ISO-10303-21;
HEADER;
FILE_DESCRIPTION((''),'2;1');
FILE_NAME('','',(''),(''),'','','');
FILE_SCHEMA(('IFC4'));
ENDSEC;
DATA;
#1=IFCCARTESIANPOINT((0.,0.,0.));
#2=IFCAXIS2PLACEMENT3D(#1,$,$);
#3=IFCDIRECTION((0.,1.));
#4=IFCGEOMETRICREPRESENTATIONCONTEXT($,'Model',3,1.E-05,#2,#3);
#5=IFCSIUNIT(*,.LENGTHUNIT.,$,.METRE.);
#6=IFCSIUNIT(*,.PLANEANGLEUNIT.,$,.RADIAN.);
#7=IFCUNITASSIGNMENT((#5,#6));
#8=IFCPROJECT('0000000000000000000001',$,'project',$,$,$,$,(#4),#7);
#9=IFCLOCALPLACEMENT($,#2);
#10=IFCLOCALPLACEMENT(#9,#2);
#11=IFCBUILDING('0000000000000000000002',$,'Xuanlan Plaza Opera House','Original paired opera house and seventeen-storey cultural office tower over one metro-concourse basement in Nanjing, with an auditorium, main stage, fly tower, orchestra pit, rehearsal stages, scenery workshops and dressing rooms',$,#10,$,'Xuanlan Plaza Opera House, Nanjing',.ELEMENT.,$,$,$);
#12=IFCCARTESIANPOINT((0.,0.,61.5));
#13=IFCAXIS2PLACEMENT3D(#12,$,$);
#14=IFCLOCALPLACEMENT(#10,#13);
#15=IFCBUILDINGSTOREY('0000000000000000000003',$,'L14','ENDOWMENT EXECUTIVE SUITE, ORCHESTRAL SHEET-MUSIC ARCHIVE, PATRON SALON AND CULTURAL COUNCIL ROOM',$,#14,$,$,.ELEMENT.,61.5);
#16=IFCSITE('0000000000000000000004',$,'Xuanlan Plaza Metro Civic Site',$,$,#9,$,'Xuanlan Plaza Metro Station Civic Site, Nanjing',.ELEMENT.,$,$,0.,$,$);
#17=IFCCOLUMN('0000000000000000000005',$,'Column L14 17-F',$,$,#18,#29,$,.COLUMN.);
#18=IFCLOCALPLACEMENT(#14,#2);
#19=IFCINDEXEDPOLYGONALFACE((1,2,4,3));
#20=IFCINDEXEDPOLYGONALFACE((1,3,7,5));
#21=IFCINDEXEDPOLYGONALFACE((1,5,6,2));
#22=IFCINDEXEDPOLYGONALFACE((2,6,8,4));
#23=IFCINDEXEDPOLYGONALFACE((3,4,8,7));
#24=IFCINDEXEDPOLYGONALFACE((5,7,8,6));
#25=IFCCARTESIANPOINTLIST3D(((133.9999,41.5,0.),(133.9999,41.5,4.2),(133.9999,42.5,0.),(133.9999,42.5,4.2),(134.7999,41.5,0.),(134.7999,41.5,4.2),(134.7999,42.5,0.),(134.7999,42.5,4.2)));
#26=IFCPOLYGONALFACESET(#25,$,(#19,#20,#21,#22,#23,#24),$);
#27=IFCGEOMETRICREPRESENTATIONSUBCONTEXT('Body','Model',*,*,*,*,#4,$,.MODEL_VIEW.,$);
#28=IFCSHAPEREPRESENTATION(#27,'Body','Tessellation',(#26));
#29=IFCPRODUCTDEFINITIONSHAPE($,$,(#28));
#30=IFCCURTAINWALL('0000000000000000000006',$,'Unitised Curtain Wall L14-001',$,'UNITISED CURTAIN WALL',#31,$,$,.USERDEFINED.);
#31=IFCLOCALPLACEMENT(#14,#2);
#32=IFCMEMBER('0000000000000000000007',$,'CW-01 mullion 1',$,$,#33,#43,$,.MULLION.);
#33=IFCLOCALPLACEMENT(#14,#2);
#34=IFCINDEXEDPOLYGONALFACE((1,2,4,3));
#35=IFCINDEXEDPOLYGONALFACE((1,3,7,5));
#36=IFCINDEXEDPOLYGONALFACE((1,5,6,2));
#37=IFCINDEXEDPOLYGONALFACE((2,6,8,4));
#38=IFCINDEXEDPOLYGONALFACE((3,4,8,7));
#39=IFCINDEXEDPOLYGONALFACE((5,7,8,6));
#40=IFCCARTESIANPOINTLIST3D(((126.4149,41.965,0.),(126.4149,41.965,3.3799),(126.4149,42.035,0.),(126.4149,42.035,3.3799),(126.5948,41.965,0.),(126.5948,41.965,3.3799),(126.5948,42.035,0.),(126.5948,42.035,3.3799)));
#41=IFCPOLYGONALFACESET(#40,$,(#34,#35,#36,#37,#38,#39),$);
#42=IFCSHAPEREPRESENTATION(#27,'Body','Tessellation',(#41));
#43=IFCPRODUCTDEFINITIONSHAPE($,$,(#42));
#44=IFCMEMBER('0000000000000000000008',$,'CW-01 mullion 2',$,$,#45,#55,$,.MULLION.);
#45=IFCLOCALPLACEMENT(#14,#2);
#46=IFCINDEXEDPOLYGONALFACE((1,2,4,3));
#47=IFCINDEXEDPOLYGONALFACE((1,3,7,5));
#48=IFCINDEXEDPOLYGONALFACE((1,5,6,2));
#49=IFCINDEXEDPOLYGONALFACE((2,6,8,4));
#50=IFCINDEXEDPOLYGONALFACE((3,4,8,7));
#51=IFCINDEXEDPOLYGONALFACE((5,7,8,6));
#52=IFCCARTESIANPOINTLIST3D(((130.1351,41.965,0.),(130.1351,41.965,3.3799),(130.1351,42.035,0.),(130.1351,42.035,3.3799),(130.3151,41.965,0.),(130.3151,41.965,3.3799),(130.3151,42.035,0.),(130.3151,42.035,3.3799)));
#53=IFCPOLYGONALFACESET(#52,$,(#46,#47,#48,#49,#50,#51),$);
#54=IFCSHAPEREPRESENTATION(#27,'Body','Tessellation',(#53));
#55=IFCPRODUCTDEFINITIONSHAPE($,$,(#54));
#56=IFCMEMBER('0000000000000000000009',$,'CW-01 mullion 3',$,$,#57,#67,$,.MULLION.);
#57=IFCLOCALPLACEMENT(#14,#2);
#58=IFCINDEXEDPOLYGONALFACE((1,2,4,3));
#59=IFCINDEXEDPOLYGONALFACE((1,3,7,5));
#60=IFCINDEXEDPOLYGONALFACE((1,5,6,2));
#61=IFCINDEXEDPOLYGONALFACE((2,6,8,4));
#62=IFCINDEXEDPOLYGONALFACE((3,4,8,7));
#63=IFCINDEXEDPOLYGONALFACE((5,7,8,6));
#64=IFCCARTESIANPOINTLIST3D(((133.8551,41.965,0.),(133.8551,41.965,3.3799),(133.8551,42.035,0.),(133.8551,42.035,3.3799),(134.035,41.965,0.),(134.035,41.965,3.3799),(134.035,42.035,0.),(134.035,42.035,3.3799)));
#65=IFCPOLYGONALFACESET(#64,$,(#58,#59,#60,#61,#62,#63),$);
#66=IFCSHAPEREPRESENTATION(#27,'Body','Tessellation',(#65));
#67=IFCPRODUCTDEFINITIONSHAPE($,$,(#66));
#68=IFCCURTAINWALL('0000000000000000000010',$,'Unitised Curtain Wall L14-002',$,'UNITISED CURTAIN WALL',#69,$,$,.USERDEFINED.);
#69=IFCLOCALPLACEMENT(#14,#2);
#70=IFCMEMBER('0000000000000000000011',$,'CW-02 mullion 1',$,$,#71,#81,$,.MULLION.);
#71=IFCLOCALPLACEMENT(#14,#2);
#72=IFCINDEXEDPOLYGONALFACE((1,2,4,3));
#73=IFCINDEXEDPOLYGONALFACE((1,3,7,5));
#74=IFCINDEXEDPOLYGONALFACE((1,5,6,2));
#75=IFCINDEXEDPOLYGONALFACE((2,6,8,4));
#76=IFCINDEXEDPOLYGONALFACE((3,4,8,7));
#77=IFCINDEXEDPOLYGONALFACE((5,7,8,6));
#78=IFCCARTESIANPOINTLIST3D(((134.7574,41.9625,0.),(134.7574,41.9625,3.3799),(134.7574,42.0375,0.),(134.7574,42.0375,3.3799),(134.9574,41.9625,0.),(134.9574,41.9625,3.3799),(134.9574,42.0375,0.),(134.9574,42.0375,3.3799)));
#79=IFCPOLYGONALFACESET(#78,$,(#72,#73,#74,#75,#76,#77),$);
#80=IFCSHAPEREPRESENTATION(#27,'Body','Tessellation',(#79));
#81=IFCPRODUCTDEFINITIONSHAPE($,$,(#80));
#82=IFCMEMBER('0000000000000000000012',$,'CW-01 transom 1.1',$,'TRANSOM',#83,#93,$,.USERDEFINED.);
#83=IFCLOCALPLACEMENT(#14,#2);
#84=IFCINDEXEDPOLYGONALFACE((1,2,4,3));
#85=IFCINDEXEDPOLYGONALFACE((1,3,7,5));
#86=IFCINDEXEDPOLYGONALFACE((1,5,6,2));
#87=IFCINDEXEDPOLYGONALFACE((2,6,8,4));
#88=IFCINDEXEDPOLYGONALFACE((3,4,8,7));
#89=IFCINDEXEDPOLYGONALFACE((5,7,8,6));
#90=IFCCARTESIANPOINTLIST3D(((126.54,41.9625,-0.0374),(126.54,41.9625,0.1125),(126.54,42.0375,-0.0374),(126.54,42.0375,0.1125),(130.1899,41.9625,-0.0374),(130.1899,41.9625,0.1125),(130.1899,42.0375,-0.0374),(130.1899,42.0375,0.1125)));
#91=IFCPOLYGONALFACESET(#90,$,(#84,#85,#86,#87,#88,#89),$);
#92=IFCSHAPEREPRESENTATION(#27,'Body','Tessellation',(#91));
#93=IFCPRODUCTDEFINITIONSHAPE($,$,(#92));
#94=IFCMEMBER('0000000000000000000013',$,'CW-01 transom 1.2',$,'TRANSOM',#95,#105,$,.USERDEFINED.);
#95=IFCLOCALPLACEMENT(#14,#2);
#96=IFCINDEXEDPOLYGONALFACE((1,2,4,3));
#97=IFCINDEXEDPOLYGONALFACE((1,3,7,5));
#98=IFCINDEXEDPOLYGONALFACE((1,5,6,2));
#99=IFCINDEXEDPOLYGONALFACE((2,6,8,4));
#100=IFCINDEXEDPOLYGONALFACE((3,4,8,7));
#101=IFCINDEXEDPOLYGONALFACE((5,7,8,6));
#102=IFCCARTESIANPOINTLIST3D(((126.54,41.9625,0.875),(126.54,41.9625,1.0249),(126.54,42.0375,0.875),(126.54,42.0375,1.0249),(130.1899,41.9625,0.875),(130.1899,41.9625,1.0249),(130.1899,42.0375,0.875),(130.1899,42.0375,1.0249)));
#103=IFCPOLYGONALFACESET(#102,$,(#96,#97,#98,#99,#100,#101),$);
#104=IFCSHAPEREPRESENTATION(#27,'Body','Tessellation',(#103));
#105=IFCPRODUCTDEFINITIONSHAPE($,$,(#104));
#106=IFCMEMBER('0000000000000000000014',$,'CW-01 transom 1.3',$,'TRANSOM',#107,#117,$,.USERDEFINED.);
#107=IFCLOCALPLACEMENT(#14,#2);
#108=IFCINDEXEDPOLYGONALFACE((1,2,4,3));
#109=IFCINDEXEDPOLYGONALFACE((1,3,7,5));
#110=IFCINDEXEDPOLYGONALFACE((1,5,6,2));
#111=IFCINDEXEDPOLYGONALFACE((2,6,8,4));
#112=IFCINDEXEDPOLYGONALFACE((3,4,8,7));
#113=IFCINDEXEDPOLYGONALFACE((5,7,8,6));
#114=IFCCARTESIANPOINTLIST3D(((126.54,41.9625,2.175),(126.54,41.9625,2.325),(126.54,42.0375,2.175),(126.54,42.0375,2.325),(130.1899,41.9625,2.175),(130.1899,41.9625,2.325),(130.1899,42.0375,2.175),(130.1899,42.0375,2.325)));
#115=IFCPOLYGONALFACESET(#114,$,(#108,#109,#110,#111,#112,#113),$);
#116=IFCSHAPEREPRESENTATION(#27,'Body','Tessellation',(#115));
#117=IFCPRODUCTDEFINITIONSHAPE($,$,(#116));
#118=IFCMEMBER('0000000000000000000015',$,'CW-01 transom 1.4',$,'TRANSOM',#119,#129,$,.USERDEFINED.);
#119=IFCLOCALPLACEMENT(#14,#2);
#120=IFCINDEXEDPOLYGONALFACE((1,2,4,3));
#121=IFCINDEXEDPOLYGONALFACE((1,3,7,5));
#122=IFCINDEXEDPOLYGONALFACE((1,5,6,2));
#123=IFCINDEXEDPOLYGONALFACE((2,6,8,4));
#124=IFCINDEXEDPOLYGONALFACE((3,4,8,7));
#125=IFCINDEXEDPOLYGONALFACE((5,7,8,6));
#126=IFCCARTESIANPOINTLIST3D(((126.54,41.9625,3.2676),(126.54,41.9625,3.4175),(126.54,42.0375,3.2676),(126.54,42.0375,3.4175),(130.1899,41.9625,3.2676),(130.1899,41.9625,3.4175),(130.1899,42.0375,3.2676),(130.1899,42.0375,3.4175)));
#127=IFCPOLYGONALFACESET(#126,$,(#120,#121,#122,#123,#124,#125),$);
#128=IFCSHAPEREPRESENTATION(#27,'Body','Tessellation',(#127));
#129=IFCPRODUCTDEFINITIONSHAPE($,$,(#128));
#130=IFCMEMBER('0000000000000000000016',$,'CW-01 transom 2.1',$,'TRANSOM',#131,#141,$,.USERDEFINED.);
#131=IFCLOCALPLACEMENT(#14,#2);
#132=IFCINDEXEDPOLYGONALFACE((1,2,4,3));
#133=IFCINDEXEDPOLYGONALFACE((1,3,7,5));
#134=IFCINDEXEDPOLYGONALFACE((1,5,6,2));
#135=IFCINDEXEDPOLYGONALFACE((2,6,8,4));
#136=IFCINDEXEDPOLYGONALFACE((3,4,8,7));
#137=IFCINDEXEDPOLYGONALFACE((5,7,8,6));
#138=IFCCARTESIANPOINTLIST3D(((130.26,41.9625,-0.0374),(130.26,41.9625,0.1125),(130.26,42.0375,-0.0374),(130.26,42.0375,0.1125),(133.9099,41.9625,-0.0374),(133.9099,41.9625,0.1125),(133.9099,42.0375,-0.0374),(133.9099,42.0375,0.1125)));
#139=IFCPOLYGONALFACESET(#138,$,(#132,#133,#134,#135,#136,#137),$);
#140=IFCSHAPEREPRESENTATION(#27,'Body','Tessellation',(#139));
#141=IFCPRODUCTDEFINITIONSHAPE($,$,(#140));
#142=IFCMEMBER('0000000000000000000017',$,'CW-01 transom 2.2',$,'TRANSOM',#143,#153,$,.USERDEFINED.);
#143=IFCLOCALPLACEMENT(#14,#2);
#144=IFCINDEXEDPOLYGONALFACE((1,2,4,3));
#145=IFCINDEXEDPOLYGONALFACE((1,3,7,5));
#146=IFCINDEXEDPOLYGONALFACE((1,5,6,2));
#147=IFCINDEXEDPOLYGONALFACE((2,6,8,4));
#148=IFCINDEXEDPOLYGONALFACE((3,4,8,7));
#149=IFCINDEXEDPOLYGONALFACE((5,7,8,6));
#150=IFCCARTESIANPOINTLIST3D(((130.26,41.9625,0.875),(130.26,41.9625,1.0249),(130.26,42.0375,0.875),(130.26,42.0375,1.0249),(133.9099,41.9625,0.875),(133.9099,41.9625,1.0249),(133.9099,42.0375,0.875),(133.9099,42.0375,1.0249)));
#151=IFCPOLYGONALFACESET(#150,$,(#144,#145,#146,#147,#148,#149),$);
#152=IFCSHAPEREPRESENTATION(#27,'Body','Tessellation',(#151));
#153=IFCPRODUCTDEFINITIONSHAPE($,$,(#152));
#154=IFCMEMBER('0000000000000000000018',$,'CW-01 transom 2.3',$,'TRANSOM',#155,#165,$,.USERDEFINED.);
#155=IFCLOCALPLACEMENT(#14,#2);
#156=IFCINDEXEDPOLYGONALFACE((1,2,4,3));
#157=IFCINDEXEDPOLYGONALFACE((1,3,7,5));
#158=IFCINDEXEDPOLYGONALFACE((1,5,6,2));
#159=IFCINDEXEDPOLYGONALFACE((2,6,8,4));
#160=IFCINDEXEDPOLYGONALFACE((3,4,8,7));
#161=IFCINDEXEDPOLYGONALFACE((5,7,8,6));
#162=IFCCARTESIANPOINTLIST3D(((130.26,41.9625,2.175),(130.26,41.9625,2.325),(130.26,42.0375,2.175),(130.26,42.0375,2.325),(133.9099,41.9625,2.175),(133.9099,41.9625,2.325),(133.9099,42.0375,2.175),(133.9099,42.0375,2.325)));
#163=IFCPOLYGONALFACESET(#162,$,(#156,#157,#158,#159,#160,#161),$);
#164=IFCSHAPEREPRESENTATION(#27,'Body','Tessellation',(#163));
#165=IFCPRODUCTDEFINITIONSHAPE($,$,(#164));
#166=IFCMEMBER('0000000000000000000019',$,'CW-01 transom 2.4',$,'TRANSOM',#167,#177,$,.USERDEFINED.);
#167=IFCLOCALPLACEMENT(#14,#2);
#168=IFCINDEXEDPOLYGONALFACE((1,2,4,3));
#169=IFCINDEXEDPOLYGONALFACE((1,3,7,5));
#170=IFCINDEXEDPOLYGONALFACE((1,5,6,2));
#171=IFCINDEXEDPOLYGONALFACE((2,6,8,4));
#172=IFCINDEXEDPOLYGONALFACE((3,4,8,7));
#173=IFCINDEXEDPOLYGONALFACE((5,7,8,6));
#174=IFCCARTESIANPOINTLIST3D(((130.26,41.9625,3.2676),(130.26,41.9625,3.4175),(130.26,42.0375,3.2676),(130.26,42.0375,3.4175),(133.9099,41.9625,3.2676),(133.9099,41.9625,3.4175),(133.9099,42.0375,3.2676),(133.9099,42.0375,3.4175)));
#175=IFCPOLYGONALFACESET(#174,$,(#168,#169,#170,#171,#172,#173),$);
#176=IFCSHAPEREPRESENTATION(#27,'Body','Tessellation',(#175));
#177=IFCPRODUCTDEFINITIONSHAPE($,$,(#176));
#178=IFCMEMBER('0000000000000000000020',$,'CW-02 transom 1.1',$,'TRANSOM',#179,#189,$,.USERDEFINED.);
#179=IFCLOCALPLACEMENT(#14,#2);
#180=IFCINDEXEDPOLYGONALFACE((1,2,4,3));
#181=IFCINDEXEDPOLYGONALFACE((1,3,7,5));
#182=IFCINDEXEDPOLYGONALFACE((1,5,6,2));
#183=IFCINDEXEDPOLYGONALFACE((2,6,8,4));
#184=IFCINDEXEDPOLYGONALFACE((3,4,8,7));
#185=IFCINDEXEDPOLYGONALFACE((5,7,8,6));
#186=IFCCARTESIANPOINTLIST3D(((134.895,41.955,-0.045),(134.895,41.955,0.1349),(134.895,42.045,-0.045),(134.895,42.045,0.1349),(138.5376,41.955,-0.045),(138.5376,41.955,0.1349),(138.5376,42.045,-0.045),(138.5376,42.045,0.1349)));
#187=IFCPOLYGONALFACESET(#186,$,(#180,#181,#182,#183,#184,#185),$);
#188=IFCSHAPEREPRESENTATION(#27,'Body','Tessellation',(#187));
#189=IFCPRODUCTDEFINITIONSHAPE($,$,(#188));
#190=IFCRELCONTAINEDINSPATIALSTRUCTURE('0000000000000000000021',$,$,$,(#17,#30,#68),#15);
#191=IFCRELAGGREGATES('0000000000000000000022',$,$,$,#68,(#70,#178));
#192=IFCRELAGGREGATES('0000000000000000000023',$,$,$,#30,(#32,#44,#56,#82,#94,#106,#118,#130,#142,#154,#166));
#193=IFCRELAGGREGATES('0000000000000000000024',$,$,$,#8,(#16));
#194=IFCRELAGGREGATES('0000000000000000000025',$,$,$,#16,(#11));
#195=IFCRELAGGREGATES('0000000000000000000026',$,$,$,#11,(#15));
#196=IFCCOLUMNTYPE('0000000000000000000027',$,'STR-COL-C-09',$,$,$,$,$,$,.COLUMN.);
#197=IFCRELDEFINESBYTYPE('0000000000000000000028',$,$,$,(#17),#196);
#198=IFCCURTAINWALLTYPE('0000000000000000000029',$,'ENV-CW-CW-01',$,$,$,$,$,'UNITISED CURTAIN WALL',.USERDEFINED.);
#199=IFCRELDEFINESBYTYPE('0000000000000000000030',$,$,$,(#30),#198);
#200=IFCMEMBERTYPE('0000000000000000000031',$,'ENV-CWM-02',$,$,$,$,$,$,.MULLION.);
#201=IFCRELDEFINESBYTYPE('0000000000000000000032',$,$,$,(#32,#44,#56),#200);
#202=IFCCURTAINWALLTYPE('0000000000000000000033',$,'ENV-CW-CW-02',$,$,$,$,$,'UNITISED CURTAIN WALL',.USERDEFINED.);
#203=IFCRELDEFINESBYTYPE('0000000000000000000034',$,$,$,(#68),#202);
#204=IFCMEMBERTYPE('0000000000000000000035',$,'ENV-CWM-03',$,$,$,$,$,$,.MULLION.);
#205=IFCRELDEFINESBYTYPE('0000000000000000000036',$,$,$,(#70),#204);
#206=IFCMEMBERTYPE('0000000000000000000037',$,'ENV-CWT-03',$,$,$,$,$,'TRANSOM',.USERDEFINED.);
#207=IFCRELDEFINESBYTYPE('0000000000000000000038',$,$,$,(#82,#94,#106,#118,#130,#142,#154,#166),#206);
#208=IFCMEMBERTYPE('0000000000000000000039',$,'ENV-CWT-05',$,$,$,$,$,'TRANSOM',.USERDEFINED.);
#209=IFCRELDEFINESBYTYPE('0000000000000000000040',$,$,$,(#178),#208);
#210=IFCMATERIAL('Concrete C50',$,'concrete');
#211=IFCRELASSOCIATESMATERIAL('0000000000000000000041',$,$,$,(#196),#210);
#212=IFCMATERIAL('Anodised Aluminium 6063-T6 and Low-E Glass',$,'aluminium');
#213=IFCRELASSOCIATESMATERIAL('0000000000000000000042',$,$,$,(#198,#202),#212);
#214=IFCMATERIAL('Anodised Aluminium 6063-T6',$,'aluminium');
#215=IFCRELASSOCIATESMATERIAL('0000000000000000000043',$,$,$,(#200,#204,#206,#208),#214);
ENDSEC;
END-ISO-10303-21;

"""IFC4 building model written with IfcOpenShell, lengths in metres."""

from ifc_helpers import new_model, si_unit, direction, frame, origin, origin_2d, place, context, subcontext, project, spatial, rectangle, extrude, material, material_profile, profile_set, type_object, element, aggregate, save


model = new_model("IFC4")

# Units and contexts
model_context = context("Model", 3, precision=1e-05, world=origin(), true_north=direction((0.0, 1.0)))
body_context = subcontext(model_context, "Body", "Model", "MODEL_VIEW")
ifc_project = project(units=[si_unit("LENGTHUNIT", "METRE"), si_unit("PLANEANGLEUNIT", "RADIAN")], contexts=[model_context])

# Site, building, storey
site_placement = place(None, origin())
site = spatial("IfcSite", under=ifc_project, at=site_placement, Name="Xuanlan Plaza Metro Civic Site", LongName="Xuanlan Plaza Metro Station Civic Site, Nanjing", CompositionType="ELEMENT", RefElevation=0.0)
building_placement = place(site_placement, origin())
building = spatial("IfcBuilding", under=site, at=building_placement, Name="Xuanlan Plaza Opera House", Description="Original paired opera house and seventeen-storey cultural office tower over one metro-concourse basement in Nanjing, with an auditorium, main stage, fly tower, orchestra pit, rehearsal stages, scenery workshops and dressing rooms", LongName="Xuanlan Plaza Opera House, Nanjing", CompositionType="ELEMENT")
storey_placement = place(building_placement, frame((0.0, 0.0, 61.5)))
storey = spatial("IfcBuildingStorey", under=building, at=storey_placement, Name="L14", Description="ENDOWMENT EXECUTIVE SUITE, ORCHESTRAL SHEET-MUSIC ARCHIVE, PATRON SALON AND CULTURAL COUNCIL ROOM", CompositionType="ELEMENT", Elevation=61.5)

# Column
ifc_material_1 = material(Name="Concrete C50", Category="concrete")
ifc_material_profile_1 = material_profile(ifc_material_1, rectangle(XDim=0.8, YDim=1.0, at=origin_2d()), Name="RC-COL 800x1000")
ifc_profile_set_1 = profile_set([ifc_material_profile_1], Name="Concrete C50")
column_type = type_object("IfcColumnType", Name="STR-COL-C-09", PredefinedType="COLUMN", material=ifc_profile_set_1)
column_placement = place(storey_placement, frame((134.3999, 42.0, 0.0), z_axis=(0.0, 0.0, 1.0), x_axis=(1.0, 0.0, 0.0)))
element("IfcColumn", 1, at=column_placement, inside=storey, type_object=column_type, Name="Column L14 17-F", PredefinedType="COLUMN", context=body_context, shape_type="SweptSolid", body=[
    extrude(rectangle(XDim=0.8, YDim=1.0, at=origin_2d()), origin(), (0.0, 0.0, 1.0), 4.2),
])

# Curtain wall, members
ifc_material_2 = material(Name="Anodised Aluminium 6063-T6 and Low-E Glass", Category="aluminium")
curtain_wall_type_1 = type_object("IfcCurtainWallType", Name="ENV-CW-CW-01", ElementType="UNITISED CURTAIN WALL", PredefinedType="USERDEFINED", material=ifc_material_2)
curtain_wall_1_placement = place(storey_placement, origin())
curtain_wall_1 = element("IfcCurtainWall", 2, at=curtain_wall_1_placement, inside=storey, type_object=curtain_wall_type_1, Name="Unitised Curtain Wall L14-001", ObjectType="UNITISED CURTAIN WALL", PredefinedType="USERDEFINED")
ifc_material_3 = material(Name="Anodised Aluminium 6063-T6", Category="aluminium")
ifc_material_profile_2 = material_profile(ifc_material_3, rectangle(XDim=0.0701, YDim=0.1799, at=origin_2d()), Name="ALU-M 70x180")
ifc_profile_set_2 = profile_set([ifc_material_profile_2], Name="Anodised Aluminium 6063-T6")
member_type_1 = type_object("IfcMemberType", Name="ENV-CWM-02", PredefinedType="MULLION", material=ifc_profile_set_2)
member_1_placement = place(storey_placement, frame((126.5049, 42.0, 0.0), z_axis=(0.0, 0.0, 1.0), x_axis=(0.0, 1.0, 0.0)))
member_1 = element("IfcMember", 3, at=member_1_placement, type_object=member_type_1, Name="CW-01 mullion 1", PredefinedType="MULLION", context=body_context, shape_type="SweptSolid", body=[
    extrude(rectangle(XDim=0.0701, YDim=0.1799, at=origin_2d()), origin(), (0.0, 0.0, 1.0), 3.3799),
])
member_2_placement = place(storey_placement, frame((130.2251, 42.0, 0.0), z_axis=(0.0, 0.0, 1.0), x_axis=(0.0, 1.0, 0.0)))
member_2 = element("IfcMember", 4, at=member_2_placement, type_object=member_type_1, Name="CW-01 mullion 2", PredefinedType="MULLION", context=body_context, shape_type="SweptSolid", body=[
    extrude(rectangle(XDim=0.0701, YDim=0.1799, at=origin_2d()), origin(), (0.0, 0.0, 1.0), 3.3799),
])
member_3_placement = place(storey_placement, frame((133.9451, 42.0, 0.0), z_axis=(0.0, 0.0, 1.0), x_axis=(0.0, 1.0, 0.0)))
member_3 = element("IfcMember", 5, at=member_3_placement, type_object=member_type_1, Name="CW-01 mullion 3", PredefinedType="MULLION", context=body_context, shape_type="SweptSolid", body=[
    extrude(rectangle(XDim=0.0701, YDim=0.1799, at=origin_2d()), origin(), (0.0, 0.0, 1.0), 3.3799),
])

# Curtain wall, member
curtain_wall_type_2 = type_object("IfcCurtainWallType", Name="ENV-CW-CW-02", ElementType="UNITISED CURTAIN WALL", PredefinedType="USERDEFINED", material=ifc_material_2)
curtain_wall_2_placement = place(storey_placement, origin())
curtain_wall_2 = element("IfcCurtainWall", 6, at=curtain_wall_2_placement, inside=storey, type_object=curtain_wall_type_2, Name="Unitised Curtain Wall L14-002", ObjectType="UNITISED CURTAIN WALL", PredefinedType="USERDEFINED")
ifc_material_profile_3 = material_profile(ifc_material_3, rectangle(XDim=0.075, YDim=0.2, at=origin_2d()), Name="ALU-M 75x200")
ifc_profile_set_3 = profile_set([ifc_material_profile_3], Name="Anodised Aluminium 6063-T6")
member_type_2 = type_object("IfcMemberType", Name="ENV-CWM-03", PredefinedType="MULLION", material=ifc_profile_set_3)
member_4_placement = place(storey_placement, frame((134.8574, 42.0, 0.0), z_axis=(0.0, 0.0, 1.0), x_axis=(0.0, 1.0, 0.0)))
member_4 = element("IfcMember", 7, at=member_4_placement, type_object=member_type_2, Name="CW-02 mullion 1", PredefinedType="MULLION", context=body_context, shape_type="SweptSolid", body=[
    extrude(rectangle(XDim=0.075, YDim=0.2, at=origin_2d()), origin(), (0.0, 0.0, 1.0), 3.3799),
])

# Members
ifc_material_profile_4 = material_profile(ifc_material_3, rectangle(XDim=0.075, YDim=0.1499, at=origin_2d()), Name="ALU-T 75x150")
ifc_profile_set_4 = profile_set([ifc_material_profile_4], Name="Anodised Aluminium 6063-T6")
member_type_3 = type_object("IfcMemberType", Name="ENV-CWT-03", ElementType="TRANSOM", PredefinedType="USERDEFINED", material=ifc_profile_set_4)
member_5_placement = place(storey_placement, frame((126.54, 42.0, 0.0376), z_axis=(1.0, 0.0, 0.0), x_axis=(0.0, 1.0, 0.0)))
member_5 = element("IfcMember", 8, at=member_5_placement, type_object=member_type_3, Name="CW-01 transom 1.1", ObjectType="TRANSOM", PredefinedType="USERDEFINED", context=body_context, shape_type="SweptSolid", body=[
    extrude(rectangle(XDim=0.075, YDim=0.1499, at=origin_2d()), origin(), (0.0, 0.0, 1.0), 3.6499),
])
member_6_placement = place(storey_placement, frame((126.54, 42.0, 0.95), z_axis=(1.0, 0.0, 0.0), x_axis=(0.0, 1.0, 0.0)))
member_6 = element("IfcMember", 9, at=member_6_placement, type_object=member_type_3, Name="CW-01 transom 1.2", ObjectType="TRANSOM", PredefinedType="USERDEFINED", context=body_context, shape_type="SweptSolid", body=[
    extrude(rectangle(XDim=0.075, YDim=0.1499, at=origin_2d()), origin(), (0.0, 0.0, 1.0), 3.6499),
])
member_7_placement = place(storey_placement, frame((126.54, 42.0, 2.25), z_axis=(1.0, 0.0, 0.0), x_axis=(0.0, 1.0, 0.0)))
member_7 = element("IfcMember", 10, at=member_7_placement, type_object=member_type_3, Name="CW-01 transom 1.3", ObjectType="TRANSOM", PredefinedType="USERDEFINED", context=body_context, shape_type="SweptSolid", body=[
    extrude(rectangle(XDim=0.075, YDim=0.1499, at=origin_2d()), origin(), (0.0, 0.0, 1.0), 3.6499),
])
member_8_placement = place(storey_placement, frame((126.54, 42.0, 3.3425), z_axis=(1.0, 0.0, 0.0), x_axis=(0.0, 1.0, 0.0)))
member_8 = element("IfcMember", 11, at=member_8_placement, type_object=member_type_3, Name="CW-01 transom 1.4", ObjectType="TRANSOM", PredefinedType="USERDEFINED", context=body_context, shape_type="SweptSolid", body=[
    extrude(rectangle(XDim=0.075, YDim=0.1499, at=origin_2d()), origin(), (0.0, 0.0, 1.0), 3.6499),
])
member_9_placement = place(storey_placement, frame((130.26, 42.0, 0.0376), z_axis=(1.0, 0.0, 0.0), x_axis=(0.0, 1.0, 0.0)))
member_9 = element("IfcMember", 12, at=member_9_placement, type_object=member_type_3, Name="CW-01 transom 2.1", ObjectType="TRANSOM", PredefinedType="USERDEFINED", context=body_context, shape_type="SweptSolid", body=[
    extrude(rectangle(XDim=0.075, YDim=0.1499, at=origin_2d()), origin(), (0.0, 0.0, 1.0), 3.6499),
])
member_10_placement = place(storey_placement, frame((130.26, 42.0, 0.95), z_axis=(1.0, 0.0, 0.0), x_axis=(0.0, 1.0, 0.0)))
member_10 = element("IfcMember", 13, at=member_10_placement, type_object=member_type_3, Name="CW-01 transom 2.2", ObjectType="TRANSOM", PredefinedType="USERDEFINED", context=body_context, shape_type="SweptSolid", body=[
    extrude(rectangle(XDim=0.075, YDim=0.1499, at=origin_2d()), origin(), (0.0, 0.0, 1.0), 3.6499),
])
member_11_placement = place(storey_placement, frame((130.26, 42.0, 2.25), z_axis=(1.0, 0.0, 0.0), x_axis=(0.0, 1.0, 0.0)))
member_11 = element("IfcMember", 14, at=member_11_placement, type_object=member_type_3, Name="CW-01 transom 2.3", ObjectType="TRANSOM", PredefinedType="USERDEFINED", context=body_context, shape_type="SweptSolid", body=[
    extrude(rectangle(XDim=0.075, YDim=0.1499, at=origin_2d()), origin(), (0.0, 0.0, 1.0), 3.6499),
])
member_12_placement = place(storey_placement, frame((130.26, 42.0, 3.3425), z_axis=(1.0, 0.0, 0.0), x_axis=(0.0, 1.0, 0.0)))
member_12 = element("IfcMember", 15, at=member_12_placement, type_object=member_type_3, Name="CW-01 transom 2.4", ObjectType="TRANSOM", PredefinedType="USERDEFINED", context=body_context, shape_type="SweptSolid", body=[
    extrude(rectangle(XDim=0.075, YDim=0.1499, at=origin_2d()), origin(), (0.0, 0.0, 1.0), 3.6499),
])
ifc_material_profile_5 = material_profile(ifc_material_3, rectangle(XDim=0.0901, YDim=0.1799, at=origin_2d()), Name="ALU-T 90x180")
ifc_profile_set_5 = profile_set([ifc_material_profile_5], Name="Anodised Aluminium 6063-T6")
member_type_4 = type_object("IfcMemberType", Name="ENV-CWT-05", ElementType="TRANSOM", PredefinedType="USERDEFINED", material=ifc_profile_set_5)
member_13_placement = place(storey_placement, frame((134.895, 42.0, 0.0449), z_axis=(1.0, 0.0, 0.0), x_axis=(0.0, 1.0, 0.0)))
member_13 = element("IfcMember", 16, at=member_13_placement, type_object=member_type_4, Name="CW-02 transom 1.1", ObjectType="TRANSOM", PredefinedType="USERDEFINED", context=body_context, shape_type="SweptSolid", body=[
    extrude(rectangle(XDim=0.0901, YDim=0.1799, at=origin_2d()), origin(), (0.0, 0.0, 1.0), 3.6426),
])

aggregate(curtain_wall_2, [member_4, member_13])
aggregate(curtain_wall_1, [member_1, member_2, member_3, member_5, member_6, member_7, member_8, member_9, member_10, member_11, member_12])

save(model, "model.ifc")
